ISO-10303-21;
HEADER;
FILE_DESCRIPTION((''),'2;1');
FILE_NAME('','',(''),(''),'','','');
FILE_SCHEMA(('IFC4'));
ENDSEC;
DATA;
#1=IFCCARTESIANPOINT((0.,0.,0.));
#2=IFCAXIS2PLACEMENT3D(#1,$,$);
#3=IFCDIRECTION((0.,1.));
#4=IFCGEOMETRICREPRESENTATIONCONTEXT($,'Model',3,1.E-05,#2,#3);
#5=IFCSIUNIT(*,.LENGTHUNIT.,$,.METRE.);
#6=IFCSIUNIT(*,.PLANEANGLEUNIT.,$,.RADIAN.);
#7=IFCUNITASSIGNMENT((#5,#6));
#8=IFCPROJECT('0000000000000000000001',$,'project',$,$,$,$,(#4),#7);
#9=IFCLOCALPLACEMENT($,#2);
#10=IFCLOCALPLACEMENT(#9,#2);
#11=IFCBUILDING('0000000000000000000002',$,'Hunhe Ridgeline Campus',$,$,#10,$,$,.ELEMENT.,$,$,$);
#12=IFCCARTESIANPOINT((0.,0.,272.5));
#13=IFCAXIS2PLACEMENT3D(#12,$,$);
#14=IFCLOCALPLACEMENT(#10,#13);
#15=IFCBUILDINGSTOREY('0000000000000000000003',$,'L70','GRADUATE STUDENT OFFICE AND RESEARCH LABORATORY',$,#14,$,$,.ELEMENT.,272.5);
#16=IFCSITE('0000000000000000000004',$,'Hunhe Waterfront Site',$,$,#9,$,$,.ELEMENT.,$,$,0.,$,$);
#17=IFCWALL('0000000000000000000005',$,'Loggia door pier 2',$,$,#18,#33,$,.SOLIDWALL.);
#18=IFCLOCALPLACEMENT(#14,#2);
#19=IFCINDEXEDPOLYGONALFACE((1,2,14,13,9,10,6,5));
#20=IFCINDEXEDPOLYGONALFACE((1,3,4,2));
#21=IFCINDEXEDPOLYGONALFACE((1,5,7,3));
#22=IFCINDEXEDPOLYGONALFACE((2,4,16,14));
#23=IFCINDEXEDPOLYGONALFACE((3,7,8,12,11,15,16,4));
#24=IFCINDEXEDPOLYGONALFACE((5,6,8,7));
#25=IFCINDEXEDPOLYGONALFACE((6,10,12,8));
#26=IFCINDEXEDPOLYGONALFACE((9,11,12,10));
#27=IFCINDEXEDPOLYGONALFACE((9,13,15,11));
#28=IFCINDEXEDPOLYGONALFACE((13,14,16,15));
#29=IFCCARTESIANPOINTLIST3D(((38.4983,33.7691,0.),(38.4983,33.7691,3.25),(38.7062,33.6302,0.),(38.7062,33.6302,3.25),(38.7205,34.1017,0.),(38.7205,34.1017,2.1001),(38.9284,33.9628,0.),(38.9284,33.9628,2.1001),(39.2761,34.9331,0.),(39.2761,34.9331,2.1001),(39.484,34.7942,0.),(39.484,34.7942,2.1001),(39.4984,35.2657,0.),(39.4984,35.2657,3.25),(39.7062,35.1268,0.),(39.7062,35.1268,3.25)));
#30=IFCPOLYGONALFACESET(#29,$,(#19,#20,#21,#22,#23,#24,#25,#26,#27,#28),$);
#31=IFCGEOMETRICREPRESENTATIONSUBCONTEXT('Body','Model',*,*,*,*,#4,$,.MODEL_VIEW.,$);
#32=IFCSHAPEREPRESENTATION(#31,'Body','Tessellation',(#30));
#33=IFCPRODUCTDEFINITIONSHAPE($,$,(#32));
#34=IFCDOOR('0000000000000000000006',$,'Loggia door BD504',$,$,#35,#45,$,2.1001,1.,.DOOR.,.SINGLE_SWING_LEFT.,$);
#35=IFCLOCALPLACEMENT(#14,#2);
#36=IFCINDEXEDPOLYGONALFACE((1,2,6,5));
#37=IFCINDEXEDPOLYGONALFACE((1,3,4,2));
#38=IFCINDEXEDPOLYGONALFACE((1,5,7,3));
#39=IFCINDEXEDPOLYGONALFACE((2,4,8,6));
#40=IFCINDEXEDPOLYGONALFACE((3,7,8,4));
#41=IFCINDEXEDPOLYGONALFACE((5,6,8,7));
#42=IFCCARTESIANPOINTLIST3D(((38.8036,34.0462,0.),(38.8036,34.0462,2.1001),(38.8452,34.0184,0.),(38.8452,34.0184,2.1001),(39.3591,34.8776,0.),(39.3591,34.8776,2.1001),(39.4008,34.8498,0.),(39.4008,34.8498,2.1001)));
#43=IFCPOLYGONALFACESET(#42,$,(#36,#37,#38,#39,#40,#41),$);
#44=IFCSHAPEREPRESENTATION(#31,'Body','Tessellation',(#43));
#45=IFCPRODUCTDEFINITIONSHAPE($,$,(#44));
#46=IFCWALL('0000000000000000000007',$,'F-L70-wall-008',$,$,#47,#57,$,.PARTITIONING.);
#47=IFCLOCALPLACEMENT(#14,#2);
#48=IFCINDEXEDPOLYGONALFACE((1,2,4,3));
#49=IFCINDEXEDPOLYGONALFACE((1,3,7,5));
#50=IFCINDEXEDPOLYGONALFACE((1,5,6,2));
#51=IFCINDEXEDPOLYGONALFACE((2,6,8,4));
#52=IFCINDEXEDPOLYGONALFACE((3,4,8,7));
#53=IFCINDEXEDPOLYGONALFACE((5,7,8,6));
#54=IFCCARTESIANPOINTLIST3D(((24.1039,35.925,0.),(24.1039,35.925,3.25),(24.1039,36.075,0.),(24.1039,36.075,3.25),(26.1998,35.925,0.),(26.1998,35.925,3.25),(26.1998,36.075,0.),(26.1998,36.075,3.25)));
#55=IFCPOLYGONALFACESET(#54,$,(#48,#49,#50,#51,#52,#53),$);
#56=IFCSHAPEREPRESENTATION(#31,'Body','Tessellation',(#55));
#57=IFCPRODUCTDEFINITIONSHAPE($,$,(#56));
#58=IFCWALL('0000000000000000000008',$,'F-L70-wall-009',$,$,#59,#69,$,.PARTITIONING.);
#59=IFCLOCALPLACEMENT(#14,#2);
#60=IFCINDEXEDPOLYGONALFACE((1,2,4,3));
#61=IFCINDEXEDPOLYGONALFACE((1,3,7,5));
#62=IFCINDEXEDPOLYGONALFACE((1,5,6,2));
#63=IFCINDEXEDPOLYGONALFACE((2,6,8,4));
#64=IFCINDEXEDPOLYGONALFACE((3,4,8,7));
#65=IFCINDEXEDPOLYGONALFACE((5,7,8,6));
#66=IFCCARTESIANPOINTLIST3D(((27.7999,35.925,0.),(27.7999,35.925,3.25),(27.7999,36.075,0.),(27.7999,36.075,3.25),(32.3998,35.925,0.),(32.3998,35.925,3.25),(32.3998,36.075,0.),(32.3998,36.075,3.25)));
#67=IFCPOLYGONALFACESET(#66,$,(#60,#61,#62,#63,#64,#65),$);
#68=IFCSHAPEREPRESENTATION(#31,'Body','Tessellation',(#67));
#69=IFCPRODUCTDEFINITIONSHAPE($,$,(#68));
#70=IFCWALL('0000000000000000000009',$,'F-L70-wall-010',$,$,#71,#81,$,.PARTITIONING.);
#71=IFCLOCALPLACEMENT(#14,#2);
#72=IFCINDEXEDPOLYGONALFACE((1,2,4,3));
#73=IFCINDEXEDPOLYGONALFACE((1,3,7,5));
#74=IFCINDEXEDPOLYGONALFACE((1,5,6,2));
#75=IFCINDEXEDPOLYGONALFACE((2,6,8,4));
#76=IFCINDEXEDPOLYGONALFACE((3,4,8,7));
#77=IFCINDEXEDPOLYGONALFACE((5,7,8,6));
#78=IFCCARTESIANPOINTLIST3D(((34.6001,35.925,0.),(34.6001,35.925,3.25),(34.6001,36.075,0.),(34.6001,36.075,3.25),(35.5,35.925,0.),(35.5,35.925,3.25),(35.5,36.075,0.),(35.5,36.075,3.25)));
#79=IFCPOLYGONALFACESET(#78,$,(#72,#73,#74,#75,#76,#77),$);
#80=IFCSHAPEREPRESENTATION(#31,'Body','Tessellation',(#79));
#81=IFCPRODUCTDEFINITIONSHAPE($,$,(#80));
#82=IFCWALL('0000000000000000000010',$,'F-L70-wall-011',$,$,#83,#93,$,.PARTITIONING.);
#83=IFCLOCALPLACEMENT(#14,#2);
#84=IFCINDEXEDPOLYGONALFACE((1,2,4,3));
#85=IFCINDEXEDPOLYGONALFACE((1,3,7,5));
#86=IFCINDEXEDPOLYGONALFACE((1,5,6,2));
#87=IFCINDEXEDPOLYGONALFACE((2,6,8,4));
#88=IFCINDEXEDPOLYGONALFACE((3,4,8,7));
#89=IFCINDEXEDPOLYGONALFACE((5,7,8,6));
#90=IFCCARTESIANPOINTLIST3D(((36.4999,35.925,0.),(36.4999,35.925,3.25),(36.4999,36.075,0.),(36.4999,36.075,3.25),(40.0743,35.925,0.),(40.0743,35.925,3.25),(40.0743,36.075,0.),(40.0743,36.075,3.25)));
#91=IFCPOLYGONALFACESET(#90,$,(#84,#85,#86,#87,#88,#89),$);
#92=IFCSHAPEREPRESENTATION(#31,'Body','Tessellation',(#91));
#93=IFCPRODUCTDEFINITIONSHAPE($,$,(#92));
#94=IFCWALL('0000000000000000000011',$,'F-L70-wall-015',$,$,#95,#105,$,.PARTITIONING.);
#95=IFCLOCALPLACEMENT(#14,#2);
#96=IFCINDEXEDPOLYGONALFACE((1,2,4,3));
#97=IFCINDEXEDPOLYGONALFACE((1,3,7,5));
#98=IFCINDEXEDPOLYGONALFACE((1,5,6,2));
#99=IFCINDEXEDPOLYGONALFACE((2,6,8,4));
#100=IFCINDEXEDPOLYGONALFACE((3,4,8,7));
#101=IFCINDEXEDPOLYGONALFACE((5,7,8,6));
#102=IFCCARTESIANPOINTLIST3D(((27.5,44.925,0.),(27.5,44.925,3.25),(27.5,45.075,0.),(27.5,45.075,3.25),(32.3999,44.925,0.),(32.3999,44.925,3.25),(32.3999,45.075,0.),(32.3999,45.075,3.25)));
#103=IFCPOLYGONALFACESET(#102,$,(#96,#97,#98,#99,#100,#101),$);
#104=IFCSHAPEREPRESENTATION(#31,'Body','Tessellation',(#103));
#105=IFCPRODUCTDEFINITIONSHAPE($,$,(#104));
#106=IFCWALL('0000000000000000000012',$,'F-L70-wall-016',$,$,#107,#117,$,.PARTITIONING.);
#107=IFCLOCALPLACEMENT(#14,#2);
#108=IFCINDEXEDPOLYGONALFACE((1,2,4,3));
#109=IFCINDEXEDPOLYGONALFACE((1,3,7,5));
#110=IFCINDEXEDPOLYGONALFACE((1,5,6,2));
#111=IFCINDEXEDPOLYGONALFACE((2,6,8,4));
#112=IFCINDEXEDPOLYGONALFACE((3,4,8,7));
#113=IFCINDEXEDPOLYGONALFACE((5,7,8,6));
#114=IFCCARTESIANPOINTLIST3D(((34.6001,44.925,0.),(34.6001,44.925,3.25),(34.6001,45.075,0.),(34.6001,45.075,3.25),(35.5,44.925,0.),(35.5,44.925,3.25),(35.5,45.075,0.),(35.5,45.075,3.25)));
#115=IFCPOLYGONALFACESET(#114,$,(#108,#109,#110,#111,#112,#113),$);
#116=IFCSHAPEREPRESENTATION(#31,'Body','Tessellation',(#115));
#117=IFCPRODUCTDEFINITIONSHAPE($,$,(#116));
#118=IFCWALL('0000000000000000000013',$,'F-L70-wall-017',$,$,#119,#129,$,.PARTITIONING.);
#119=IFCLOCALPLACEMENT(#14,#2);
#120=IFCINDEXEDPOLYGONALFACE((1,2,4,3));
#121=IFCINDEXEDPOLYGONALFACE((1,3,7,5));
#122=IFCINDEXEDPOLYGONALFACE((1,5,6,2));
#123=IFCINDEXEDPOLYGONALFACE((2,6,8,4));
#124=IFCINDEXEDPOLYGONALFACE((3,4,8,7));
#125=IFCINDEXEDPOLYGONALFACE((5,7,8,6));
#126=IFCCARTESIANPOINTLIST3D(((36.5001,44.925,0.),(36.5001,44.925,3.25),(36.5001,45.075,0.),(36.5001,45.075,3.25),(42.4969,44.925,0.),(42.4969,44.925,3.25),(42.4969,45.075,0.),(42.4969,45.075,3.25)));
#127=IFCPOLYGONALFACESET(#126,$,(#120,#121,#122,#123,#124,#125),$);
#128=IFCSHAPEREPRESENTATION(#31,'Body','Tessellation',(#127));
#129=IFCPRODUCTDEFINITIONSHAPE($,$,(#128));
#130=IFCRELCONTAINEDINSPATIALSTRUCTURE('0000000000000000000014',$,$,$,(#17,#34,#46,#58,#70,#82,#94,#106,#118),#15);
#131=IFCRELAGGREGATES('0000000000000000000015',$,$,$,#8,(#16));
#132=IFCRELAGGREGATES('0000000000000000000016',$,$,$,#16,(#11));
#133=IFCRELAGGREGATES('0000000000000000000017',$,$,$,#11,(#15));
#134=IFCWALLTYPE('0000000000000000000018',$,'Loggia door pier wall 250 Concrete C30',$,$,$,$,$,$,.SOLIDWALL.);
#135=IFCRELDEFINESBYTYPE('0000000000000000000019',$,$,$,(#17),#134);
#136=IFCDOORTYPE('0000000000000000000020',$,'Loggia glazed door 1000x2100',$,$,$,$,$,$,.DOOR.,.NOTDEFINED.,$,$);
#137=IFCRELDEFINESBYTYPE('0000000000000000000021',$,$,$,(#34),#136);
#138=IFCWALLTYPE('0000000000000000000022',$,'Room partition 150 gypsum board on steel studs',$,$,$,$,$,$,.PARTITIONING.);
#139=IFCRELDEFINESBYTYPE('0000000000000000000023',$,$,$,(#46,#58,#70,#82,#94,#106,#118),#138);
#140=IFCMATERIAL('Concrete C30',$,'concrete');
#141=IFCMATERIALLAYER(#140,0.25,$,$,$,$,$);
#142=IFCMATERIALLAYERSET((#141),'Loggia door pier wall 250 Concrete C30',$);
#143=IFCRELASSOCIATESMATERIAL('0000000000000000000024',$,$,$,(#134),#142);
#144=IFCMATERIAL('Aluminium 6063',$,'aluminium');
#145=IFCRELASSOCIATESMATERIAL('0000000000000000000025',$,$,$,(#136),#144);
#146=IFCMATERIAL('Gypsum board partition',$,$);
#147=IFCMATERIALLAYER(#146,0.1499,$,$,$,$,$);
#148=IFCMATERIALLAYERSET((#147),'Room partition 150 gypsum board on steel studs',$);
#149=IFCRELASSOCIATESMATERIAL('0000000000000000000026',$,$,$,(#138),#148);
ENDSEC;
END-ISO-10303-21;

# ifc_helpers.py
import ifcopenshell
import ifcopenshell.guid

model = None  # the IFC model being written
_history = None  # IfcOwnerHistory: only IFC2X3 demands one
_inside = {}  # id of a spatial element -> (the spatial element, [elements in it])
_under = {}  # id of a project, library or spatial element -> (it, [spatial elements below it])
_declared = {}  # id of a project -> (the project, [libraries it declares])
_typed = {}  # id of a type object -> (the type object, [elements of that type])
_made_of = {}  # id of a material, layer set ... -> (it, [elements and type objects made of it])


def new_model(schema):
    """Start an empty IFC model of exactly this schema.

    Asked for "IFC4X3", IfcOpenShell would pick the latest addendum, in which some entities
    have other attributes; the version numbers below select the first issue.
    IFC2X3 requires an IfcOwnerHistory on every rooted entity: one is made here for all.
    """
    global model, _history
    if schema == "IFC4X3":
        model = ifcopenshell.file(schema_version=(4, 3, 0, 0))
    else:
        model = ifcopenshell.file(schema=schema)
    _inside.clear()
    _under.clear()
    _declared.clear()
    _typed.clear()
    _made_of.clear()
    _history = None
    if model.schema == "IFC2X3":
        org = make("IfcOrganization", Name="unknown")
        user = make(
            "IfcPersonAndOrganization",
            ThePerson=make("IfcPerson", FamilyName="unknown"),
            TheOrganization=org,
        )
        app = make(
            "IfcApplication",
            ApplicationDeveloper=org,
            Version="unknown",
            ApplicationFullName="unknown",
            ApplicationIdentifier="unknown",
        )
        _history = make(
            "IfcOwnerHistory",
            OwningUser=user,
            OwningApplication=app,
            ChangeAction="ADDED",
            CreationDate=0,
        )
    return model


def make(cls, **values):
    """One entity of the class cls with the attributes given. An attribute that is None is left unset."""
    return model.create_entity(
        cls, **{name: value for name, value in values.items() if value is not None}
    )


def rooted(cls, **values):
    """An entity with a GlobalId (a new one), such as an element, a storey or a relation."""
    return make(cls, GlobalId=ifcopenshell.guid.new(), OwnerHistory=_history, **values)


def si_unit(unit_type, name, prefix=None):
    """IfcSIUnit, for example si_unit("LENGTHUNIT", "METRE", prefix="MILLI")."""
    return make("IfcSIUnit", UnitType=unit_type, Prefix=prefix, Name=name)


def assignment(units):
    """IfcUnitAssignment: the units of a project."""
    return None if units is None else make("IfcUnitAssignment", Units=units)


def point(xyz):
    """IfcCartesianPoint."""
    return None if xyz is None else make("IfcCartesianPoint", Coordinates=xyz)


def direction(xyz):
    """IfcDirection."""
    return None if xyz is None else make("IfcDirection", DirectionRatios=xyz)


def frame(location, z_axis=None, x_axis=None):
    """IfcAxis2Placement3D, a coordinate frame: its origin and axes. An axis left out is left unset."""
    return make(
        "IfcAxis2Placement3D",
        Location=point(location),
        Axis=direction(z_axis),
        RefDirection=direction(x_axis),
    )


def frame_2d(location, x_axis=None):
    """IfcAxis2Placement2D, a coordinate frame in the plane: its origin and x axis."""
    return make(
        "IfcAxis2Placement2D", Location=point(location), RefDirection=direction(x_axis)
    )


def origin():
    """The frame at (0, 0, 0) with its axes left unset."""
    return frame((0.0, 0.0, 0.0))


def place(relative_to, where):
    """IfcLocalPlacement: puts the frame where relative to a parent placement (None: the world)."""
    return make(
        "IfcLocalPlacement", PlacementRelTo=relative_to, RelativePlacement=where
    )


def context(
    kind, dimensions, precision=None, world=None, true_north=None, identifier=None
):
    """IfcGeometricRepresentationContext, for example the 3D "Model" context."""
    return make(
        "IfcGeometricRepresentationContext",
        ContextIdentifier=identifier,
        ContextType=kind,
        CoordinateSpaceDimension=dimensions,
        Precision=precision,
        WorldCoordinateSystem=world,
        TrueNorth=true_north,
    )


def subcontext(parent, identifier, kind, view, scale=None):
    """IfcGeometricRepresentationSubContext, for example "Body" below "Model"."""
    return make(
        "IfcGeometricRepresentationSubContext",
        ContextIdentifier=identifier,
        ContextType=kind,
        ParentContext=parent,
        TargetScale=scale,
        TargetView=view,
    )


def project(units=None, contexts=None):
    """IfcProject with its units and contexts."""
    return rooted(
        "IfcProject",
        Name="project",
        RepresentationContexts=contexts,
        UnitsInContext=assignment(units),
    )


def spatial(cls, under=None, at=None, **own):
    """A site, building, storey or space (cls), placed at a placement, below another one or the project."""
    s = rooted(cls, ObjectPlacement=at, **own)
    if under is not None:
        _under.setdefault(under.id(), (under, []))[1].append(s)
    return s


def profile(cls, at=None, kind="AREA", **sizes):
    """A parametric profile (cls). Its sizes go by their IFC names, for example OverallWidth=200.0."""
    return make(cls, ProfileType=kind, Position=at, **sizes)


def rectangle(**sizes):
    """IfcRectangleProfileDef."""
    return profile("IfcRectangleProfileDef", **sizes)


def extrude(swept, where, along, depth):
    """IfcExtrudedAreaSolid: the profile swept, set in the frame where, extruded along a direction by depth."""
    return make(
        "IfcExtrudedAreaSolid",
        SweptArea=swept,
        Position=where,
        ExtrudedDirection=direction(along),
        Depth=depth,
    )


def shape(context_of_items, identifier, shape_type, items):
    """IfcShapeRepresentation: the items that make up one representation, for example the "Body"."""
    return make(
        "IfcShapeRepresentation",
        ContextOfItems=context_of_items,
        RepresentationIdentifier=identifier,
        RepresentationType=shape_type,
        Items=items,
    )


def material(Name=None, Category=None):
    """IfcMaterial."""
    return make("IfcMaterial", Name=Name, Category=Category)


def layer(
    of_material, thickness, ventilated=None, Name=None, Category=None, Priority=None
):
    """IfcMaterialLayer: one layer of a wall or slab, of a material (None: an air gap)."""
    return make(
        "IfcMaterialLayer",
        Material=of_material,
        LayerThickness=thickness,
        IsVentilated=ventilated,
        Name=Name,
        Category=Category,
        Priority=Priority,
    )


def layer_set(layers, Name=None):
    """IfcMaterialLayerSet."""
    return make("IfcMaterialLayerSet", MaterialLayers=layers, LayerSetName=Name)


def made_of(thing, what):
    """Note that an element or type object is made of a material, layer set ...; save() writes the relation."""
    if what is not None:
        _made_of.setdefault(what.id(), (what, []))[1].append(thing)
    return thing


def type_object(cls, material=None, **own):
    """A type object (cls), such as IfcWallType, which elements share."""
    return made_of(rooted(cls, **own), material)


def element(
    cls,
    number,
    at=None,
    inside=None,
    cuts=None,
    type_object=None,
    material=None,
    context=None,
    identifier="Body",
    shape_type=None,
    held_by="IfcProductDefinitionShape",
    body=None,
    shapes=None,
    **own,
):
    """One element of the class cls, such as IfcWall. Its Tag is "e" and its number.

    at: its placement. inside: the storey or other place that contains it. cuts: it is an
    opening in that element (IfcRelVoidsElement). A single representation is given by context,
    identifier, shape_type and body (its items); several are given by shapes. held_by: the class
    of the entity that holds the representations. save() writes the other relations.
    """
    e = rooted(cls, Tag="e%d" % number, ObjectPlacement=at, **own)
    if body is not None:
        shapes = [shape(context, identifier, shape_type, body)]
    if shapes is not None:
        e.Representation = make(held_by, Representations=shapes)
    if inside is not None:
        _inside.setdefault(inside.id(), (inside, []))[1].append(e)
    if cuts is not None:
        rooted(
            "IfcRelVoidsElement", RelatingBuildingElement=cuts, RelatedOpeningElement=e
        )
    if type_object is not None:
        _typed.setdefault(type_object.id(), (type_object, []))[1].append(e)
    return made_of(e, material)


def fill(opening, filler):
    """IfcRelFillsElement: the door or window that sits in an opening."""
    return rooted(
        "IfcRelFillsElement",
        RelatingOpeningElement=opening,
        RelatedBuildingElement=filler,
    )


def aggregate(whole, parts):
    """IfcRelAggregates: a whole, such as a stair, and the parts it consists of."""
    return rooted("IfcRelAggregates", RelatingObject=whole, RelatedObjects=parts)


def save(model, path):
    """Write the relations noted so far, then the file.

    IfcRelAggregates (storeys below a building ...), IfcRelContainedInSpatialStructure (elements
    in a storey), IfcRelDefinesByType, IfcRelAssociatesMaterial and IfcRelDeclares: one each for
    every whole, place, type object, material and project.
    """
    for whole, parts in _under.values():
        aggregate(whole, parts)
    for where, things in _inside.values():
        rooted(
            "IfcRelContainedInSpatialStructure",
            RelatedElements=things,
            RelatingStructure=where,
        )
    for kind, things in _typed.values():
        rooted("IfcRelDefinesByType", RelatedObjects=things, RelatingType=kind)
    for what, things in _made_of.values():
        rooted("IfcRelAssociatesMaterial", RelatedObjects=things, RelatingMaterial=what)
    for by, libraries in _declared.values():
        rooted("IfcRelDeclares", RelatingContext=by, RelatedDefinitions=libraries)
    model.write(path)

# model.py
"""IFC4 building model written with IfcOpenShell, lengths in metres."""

from ifc_helpers import new_model, si_unit, direction, frame, frame_2d, origin, place, context, subcontext, project, spatial, rectangle, extrude, material, layer, layer_set, type_object, element, fill, save


model = new_model("IFC4")

# Units and contexts
model_context = context("Model", 3, precision=1e-05, world=origin(), true_north=direction((0.0, 1.0)))
body_context = subcontext(model_context, "Body", "Model", "MODEL_VIEW")
ifc_project = project(units=[si_unit("LENGTHUNIT", "METRE"), si_unit("PLANEANGLEUNIT", "RADIAN")], contexts=[model_context])

# Site, building, storey
site_placement = place(None, origin())
site = spatial("IfcSite", under=ifc_project, at=site_placement, Name="Hunhe Waterfront Site", CompositionType="ELEMENT", RefElevation=0.0)
building_placement = place(site_placement, origin())
building = spatial("IfcBuilding", under=site, at=building_placement, Name="Hunhe Ridgeline Campus", CompositionType="ELEMENT")
storey_placement = place(building_placement, frame((0.0, 0.0, 272.5)))
storey = spatial("IfcBuildingStorey", under=building, at=storey_placement, Name="L70", Description="GRADUATE STUDENT OFFICE AND RESEARCH LABORATORY", CompositionType="ELEMENT", Elevation=272.5)

# Shared definitions
ifc_material_1 = material(Name="Aluminium 6063", Category="aluminium")

# Shared definitions
ifc_material_2 = material(Name="Gypsum board partition")

# Wall, opening, door
ifc_material_3 = material(Name="Concrete C30", Category="concrete")
ifc_layer_1 = layer(ifc_material_3, 0.25)
ifc_layer_set_1 = layer_set([ifc_layer_1], Name="Loggia door pier wall 250 Concrete C30")
wall_type_1 = type_object("IfcWallType", Name="Loggia door pier wall 250 Concrete C30", PredefinedType="SOLIDWALL", material=ifc_layer_set_1)
wall_1_placement = place(storey_placement, frame((38.6023, 33.6997, 0.0), z_axis=(0.0, 0.0, 1.0), x_axis=(0.555576, 0.831466, 0.0)))
wall_1 = element("IfcWall", 1, at=wall_1_placement, inside=storey, type_object=wall_type_1, Name="Loggia door pier 2", PredefinedType="SOLIDWALL", context=body_context, shape_type="SweptSolid", body=[
    extrude(rectangle(XDim=1.8, YDim=0.25, at=frame_2d((0.8999, 0.0))), origin(), (0.0, 0.0, 1.0), 3.25),
])
opening_placement = place(wall_1_placement, frame((0.3999, 0.0, 0.0)))
opening = element("IfcOpeningElement", 2, at=opening_placement, cuts=wall_1, PredefinedType="OPENING", context=body_context, shape_type="SweptSolid", body=[
    extrude(rectangle(XDim=1.0, YDim=2.1001, at=frame_2d((0.5, 1.05))), frame((0.0, 0.125, 0.0), z_axis=(0.0, -1.0, 0.0), x_axis=(1.0, 0.0, 0.0)), (0.0, 0.0, 1.0), 0.25),
])
door_type = type_object("IfcDoorType", Name="Loggia glazed door 1000x2100", OperationType="NOTDEFINED", PredefinedType="DOOR", material=ifc_material_1)
door_placement = place(opening_placement, frame((1.0, 0.0, 0.0), z_axis=(0.0, 0.0, 1.0), x_axis=(-1.0, 0.0, 0.0)))
door = element("IfcDoor", 3, at=door_placement, inside=storey, type_object=door_type, Name="Loggia door BD504", OperationType="SINGLE_SWING_LEFT", OverallHeight=2.1001, OverallWidth=1.0, PredefinedType="DOOR", context=body_context, shape_type="SweptSolid", body=[
    extrude(rectangle(XDim=1.0, YDim=2.1001, at=frame_2d((0.5, 1.05))), frame((0.0, 0.0249, 0.0), z_axis=(0.0, -1.0, 0.0), x_axis=(1.0, 0.0, 0.0)), (0.0, 0.0, 1.0), 0.05),
])
fill(opening, door)

# Walls
ifc_layer_2 = layer(ifc_material_2, 0.1499)
ifc_layer_set_2 = layer_set([ifc_layer_2], Name="Room partition 150 gypsum board on steel studs")
wall_type_2 = type_object("IfcWallType", Name="Room partition 150 gypsum board on steel studs", PredefinedType="PARTITIONING", material=ifc_layer_set_2)
wall_2_placement = place(storey_placement, frame((24.104, 36.0, 0.0), z_axis=(0.0, 0.0, 1.0), x_axis=(1.0, 0.0, 0.0)))
element("IfcWall", 4, at=wall_2_placement, inside=storey, type_object=wall_type_2, Name="F-L70-wall-008", PredefinedType="PARTITIONING", context=body_context, shape_type="SweptSolid", body=[
    extrude(rectangle(XDim=2.0959, YDim=0.1499, at=frame_2d((1.0479, 0.0))), origin(), (0.0, 0.0, 1.0), 3.25),
])
wall_3_placement = place(storey_placement, frame((27.8, 36.0, 0.0), z_axis=(0.0, 0.0, 1.0), x_axis=(1.0, 0.0, 0.0)))
element("IfcWall", 5, at=wall_3_placement, inside=storey, type_object=wall_type_2, Name="F-L70-wall-009", PredefinedType="PARTITIONING", context=body_context, shape_type="SweptSolid", body=[
    extrude(rectangle(XDim=4.5999, YDim=0.1499, at=frame_2d((2.2998, 0.0))), origin(), (0.0, 0.0, 1.0), 3.25),
])
wall_4_placement = place(storey_placement, frame((34.6001, 36.0, 0.0), z_axis=(0.0, 0.0, 1.0), x_axis=(1.0, 0.0, 0.0)))
element("IfcWall", 6, at=wall_4_placement, inside=storey, type_object=wall_type_2, Name="F-L70-wall-010", PredefinedType="PARTITIONING", context=body_context, shape_type="SweptSolid", body=[
    extrude(rectangle(XDim=0.8999, YDim=0.1499, at=frame_2d((0.45, 0.0))), origin(), (0.0, 0.0, 1.0), 3.25),
])
wall_5_placement = place(storey_placement, frame((36.5, 36.0, 0.0), z_axis=(0.0, 0.0, 1.0), x_axis=(1.0, 0.0, 0.0)))
element("IfcWall", 7, at=wall_5_placement, inside=storey, type_object=wall_type_2, Name="F-L70-wall-011", PredefinedType="PARTITIONING", context=body_context, shape_type="SweptSolid", body=[
    extrude(rectangle(XDim=3.5745, YDim=0.1499, at=frame_2d((1.7871, 0.0))), origin(), (0.0, 0.0, 1.0), 3.25),
])
wall_6_placement = place(storey_placement, frame((27.5, 45.0, 0.0), z_axis=(0.0, 0.0, 1.0), x_axis=(1.0, 0.0, 0.0)))
element("IfcWall", 8, at=wall_6_placement, inside=storey, type_object=wall_type_2, Name="F-L70-wall-015", PredefinedType="PARTITIONING", context=body_context, shape_type="SweptSolid", body=[
    extrude(rectangle(XDim=4.8999, YDim=0.1499, at=frame_2d((2.45, 0.0))), origin(), (0.0, 0.0, 1.0), 3.25),
])
wall_7_placement = place(storey_placement, frame((34.6001, 45.0, 0.0), z_axis=(0.0, 0.0, 1.0), x_axis=(1.0, 0.0, 0.0)))
element("IfcWall", 9, at=wall_7_placement, inside=storey, type_object=wall_type_2, Name="F-L70-wall-016", PredefinedType="PARTITIONING", context=body_context, shape_type="SweptSolid", body=[
    extrude(rectangle(XDim=0.8999, YDim=0.1499, at=frame_2d((0.45, 0.0))), origin(), (0.0, 0.0, 1.0), 3.25),
])
wall_8_placement = place(storey_placement, frame((36.5, 45.0, 0.0), z_axis=(0.0, 0.0, 1.0), x_axis=(1.0, 0.0, 0.0)))
element("IfcWall", 10, at=wall_8_placement, inside=storey, type_object=wall_type_2, Name="F-L70-wall-017", PredefinedType="PARTITIONING", context=body_context, shape_type="SweptSolid", body=[
    extrude(rectangle(XDim=5.9968, YDim=0.1499, at=frame_2d((2.9985, 0.0))), origin(), (0.0, 0.0, 1.0), 3.25),
])

save(model, "model.ifc")
